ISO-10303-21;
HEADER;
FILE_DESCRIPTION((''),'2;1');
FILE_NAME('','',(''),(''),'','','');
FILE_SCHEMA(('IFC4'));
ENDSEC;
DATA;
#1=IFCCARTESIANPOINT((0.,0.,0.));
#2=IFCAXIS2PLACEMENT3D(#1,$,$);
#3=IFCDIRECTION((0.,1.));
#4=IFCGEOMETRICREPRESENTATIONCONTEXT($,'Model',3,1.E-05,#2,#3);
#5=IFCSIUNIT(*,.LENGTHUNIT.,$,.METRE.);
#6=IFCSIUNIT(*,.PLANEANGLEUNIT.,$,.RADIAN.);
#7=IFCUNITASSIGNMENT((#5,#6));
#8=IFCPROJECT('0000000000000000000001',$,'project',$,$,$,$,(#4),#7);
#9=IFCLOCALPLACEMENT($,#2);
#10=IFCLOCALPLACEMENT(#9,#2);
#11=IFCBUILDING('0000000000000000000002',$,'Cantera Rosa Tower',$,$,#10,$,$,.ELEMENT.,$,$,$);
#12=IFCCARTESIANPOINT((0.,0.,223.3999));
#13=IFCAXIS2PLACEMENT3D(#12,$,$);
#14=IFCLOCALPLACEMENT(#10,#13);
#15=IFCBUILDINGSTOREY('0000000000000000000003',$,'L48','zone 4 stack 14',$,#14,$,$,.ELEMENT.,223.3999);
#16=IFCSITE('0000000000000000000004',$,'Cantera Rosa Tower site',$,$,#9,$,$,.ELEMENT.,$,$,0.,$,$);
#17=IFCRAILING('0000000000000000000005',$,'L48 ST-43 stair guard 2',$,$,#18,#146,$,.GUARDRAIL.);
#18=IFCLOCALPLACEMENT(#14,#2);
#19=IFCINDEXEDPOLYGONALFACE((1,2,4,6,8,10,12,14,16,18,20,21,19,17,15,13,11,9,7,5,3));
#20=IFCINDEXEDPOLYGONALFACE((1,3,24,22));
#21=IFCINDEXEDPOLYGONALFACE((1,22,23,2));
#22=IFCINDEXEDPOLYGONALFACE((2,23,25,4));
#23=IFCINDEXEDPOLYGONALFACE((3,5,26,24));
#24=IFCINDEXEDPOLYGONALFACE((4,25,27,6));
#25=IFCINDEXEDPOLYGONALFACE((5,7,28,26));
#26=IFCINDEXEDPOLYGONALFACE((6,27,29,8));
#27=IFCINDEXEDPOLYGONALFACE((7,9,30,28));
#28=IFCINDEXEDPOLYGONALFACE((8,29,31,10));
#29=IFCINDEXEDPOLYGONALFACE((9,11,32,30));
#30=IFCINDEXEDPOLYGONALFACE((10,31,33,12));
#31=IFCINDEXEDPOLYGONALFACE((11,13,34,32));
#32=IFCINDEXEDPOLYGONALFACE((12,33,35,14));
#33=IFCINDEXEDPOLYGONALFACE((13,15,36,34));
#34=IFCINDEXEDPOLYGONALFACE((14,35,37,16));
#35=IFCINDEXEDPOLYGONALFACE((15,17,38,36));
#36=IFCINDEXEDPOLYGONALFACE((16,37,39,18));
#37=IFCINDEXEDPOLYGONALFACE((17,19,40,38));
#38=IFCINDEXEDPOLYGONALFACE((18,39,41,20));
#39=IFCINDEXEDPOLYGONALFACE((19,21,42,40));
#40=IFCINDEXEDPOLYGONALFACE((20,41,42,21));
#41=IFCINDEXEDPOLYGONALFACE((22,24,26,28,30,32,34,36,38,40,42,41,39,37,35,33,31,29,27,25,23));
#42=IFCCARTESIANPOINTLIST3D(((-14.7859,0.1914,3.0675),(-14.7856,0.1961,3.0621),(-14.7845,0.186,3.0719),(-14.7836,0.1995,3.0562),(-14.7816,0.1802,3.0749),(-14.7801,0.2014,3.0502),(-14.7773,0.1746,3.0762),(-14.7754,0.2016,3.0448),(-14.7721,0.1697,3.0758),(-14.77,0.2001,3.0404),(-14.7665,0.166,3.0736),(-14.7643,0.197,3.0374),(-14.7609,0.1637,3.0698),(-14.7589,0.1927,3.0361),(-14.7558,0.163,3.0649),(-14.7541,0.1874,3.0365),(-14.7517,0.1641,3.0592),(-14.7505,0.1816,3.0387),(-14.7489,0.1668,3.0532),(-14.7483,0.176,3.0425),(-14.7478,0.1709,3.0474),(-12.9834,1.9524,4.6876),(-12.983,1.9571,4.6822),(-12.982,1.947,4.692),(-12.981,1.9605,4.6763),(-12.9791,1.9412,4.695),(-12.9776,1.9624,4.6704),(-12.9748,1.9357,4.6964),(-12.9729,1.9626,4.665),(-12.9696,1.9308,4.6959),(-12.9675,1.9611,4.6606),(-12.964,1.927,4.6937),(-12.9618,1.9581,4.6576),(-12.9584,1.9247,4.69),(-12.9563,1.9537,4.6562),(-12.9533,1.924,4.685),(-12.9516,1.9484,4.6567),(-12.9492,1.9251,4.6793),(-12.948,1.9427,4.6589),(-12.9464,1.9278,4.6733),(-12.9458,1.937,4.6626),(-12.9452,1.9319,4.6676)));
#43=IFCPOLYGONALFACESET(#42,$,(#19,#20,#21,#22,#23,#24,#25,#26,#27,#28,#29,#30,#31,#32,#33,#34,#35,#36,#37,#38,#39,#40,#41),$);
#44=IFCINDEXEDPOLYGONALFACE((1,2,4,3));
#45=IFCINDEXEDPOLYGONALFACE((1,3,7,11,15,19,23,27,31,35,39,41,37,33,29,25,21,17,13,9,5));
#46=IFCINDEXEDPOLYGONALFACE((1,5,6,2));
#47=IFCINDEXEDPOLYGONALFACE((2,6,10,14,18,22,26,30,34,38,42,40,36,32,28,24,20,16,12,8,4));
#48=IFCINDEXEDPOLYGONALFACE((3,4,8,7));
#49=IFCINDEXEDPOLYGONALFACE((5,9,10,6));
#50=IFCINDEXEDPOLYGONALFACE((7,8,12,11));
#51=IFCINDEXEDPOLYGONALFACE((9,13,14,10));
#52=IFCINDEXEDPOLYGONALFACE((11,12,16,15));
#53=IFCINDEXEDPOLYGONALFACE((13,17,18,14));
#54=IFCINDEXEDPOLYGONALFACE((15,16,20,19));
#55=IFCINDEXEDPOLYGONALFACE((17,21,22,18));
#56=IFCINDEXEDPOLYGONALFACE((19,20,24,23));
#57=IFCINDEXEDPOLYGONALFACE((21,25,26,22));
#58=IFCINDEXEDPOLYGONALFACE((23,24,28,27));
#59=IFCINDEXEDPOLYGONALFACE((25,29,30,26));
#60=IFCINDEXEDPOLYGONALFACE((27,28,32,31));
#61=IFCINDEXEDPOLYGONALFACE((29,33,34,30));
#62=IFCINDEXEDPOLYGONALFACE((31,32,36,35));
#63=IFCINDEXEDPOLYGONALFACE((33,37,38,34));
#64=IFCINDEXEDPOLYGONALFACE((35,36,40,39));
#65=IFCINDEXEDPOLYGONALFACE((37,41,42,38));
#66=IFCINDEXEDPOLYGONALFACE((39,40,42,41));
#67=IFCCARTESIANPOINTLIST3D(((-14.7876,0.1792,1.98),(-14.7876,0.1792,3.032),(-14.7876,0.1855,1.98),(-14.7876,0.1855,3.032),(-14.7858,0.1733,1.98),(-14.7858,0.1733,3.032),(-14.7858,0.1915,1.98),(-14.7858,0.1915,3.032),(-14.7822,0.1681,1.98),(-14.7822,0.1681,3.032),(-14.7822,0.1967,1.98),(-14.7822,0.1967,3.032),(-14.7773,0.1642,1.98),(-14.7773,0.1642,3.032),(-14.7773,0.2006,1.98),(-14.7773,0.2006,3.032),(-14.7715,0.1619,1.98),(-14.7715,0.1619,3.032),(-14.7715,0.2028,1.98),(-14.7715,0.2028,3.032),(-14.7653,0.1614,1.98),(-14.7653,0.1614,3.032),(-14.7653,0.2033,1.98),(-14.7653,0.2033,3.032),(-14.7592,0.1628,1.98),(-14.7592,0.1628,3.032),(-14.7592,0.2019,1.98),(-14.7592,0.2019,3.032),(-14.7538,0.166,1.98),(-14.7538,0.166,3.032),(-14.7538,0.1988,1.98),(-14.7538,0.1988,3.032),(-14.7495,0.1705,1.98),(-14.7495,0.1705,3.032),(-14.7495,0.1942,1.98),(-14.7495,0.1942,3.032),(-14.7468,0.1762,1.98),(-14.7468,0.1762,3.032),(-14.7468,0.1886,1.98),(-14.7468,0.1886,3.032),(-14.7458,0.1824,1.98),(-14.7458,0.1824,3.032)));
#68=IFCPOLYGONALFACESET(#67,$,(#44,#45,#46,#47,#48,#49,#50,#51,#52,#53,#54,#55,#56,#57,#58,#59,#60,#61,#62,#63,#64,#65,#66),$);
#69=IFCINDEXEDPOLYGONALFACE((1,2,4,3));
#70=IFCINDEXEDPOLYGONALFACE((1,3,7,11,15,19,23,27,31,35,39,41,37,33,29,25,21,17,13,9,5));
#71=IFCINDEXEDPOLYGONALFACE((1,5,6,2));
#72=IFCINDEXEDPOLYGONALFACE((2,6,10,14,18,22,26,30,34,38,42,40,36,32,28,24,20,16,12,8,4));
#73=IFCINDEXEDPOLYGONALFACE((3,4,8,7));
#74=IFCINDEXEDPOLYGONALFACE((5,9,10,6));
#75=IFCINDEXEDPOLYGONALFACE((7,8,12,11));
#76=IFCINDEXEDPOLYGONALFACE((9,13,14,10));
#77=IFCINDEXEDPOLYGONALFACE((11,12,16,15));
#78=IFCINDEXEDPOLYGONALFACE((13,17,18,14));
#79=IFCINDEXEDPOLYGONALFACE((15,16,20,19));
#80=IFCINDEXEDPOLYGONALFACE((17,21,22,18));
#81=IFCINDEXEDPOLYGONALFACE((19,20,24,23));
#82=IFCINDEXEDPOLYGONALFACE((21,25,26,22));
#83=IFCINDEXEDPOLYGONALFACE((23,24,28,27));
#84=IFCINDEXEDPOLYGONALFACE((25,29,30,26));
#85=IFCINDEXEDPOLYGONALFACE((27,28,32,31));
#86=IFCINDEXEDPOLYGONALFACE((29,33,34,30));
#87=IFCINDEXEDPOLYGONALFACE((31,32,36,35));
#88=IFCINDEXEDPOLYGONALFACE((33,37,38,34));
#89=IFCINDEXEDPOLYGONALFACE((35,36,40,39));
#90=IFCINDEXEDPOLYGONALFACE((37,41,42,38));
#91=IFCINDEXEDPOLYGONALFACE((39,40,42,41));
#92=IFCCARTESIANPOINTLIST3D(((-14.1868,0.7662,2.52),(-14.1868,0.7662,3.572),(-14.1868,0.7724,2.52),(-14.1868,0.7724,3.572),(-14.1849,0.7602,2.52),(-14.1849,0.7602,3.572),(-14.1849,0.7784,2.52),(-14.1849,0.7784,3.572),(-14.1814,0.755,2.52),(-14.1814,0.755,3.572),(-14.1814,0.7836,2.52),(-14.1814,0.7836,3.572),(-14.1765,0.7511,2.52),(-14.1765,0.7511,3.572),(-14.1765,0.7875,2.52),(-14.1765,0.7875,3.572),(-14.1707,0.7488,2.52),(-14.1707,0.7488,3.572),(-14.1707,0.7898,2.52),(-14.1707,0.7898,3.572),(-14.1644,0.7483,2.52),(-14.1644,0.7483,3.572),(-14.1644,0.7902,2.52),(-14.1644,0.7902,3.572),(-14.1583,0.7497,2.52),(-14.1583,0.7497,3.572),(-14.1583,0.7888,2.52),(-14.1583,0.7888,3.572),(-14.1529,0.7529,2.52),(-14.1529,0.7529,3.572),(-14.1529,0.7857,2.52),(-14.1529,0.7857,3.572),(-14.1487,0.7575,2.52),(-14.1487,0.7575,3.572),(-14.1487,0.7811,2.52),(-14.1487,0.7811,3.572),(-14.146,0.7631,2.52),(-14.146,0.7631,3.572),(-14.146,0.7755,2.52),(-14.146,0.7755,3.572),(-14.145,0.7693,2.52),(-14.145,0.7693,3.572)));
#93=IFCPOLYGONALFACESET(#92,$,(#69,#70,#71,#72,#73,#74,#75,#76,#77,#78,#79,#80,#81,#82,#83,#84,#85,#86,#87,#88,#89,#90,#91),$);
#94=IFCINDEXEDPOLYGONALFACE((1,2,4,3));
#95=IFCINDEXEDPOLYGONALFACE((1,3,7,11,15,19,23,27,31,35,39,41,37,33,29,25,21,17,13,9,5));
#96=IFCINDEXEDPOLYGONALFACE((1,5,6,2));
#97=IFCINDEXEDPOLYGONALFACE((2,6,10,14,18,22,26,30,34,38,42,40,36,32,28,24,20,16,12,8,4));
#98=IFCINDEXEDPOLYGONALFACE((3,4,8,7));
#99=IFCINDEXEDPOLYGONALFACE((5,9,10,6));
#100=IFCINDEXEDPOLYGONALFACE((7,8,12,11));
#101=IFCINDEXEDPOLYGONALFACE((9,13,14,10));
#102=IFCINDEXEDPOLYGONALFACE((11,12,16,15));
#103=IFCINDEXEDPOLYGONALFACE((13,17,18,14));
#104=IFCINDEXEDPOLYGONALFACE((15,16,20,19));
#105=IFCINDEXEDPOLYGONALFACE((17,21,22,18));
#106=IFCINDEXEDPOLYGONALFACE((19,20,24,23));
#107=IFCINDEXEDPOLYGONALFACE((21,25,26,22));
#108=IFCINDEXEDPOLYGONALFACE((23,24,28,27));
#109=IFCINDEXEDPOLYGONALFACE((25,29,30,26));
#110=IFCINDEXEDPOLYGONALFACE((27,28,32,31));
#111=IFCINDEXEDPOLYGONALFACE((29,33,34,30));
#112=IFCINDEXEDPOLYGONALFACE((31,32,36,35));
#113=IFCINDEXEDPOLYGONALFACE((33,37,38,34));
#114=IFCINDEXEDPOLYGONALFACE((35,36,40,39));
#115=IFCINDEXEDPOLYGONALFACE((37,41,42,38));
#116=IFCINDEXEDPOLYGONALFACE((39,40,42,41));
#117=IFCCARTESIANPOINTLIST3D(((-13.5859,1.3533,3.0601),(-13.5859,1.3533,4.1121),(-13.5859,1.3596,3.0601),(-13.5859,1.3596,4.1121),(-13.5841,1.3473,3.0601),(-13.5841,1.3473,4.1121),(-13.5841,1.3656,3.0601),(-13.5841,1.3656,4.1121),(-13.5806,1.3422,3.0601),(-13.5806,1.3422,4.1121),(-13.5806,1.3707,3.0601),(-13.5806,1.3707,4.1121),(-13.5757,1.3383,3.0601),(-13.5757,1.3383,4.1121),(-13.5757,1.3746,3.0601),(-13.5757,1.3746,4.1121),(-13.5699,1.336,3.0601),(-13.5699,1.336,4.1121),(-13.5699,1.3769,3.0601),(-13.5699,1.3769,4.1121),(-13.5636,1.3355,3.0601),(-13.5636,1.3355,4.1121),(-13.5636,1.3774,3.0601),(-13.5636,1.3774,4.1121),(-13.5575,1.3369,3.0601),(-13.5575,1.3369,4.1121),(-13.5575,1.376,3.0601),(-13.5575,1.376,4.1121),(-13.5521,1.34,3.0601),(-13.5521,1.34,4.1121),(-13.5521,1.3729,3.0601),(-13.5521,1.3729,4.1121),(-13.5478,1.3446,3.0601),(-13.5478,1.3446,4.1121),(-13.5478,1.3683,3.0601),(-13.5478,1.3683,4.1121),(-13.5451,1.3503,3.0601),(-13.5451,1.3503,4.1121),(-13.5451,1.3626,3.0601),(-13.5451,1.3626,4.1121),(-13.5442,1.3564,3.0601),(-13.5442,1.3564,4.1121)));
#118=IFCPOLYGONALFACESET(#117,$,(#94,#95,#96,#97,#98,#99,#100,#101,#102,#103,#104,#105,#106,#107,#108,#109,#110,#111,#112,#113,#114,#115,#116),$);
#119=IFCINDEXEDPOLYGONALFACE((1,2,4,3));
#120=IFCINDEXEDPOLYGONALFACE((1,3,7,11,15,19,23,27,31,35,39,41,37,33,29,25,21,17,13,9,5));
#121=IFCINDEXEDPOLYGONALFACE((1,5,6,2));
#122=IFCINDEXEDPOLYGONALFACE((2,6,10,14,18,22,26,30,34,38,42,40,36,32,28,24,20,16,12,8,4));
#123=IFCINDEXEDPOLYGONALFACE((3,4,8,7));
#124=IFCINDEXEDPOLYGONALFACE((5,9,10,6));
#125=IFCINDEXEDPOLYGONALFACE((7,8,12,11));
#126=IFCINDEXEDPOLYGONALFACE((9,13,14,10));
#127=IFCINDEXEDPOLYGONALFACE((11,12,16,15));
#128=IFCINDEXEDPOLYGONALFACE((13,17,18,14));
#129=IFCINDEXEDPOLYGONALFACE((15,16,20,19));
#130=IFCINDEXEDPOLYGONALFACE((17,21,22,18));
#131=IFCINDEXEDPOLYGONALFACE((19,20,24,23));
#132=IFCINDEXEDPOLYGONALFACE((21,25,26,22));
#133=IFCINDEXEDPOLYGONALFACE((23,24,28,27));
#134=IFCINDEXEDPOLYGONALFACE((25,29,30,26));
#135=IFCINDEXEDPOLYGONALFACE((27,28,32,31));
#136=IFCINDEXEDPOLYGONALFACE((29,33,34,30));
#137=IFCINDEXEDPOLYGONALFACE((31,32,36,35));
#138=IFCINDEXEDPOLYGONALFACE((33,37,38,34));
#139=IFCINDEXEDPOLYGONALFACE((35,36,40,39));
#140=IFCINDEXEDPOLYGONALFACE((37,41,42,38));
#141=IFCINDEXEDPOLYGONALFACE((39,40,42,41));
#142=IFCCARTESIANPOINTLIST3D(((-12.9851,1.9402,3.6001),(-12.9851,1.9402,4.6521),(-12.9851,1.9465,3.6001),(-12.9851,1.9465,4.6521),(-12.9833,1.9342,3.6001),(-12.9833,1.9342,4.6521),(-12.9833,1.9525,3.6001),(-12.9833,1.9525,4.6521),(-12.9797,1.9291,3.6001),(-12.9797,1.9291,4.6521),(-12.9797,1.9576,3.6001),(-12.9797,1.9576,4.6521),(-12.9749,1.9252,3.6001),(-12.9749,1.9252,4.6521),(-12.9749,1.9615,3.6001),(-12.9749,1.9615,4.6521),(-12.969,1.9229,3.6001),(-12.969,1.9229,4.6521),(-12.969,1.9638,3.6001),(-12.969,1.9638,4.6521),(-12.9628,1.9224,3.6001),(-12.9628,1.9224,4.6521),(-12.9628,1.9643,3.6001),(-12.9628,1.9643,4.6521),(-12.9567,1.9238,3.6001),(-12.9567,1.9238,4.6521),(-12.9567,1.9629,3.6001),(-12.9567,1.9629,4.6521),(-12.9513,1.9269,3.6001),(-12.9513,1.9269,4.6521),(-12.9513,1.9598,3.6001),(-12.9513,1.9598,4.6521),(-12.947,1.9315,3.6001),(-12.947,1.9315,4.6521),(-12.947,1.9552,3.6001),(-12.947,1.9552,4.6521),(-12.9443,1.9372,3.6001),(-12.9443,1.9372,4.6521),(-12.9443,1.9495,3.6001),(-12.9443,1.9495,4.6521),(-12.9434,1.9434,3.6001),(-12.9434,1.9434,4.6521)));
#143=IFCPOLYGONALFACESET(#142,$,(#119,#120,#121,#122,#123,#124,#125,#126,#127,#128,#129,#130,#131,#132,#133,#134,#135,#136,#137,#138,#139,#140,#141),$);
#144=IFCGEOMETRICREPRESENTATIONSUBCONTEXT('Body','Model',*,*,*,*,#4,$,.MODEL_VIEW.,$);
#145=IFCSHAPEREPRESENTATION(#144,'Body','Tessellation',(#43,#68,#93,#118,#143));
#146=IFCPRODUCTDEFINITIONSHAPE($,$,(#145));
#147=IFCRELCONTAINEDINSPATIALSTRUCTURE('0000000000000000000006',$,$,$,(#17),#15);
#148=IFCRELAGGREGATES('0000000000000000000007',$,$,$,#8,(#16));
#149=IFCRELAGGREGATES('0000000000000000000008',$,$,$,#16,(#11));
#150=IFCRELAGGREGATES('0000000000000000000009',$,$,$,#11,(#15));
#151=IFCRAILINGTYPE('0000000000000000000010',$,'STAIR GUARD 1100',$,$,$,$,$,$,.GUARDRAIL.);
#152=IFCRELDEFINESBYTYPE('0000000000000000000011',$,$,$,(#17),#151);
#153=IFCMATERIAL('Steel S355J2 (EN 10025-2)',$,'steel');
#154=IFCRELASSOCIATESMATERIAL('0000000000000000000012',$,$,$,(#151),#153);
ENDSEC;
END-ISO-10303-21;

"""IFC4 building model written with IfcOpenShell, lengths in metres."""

from ifc_helpers import new_model, si_unit, direction, frame, origin, origin_2d, place, context, subcontext, project, spatial, circle, extrude, material, type_object, element, save


model = new_model("IFC4")

# Units and contexts
model_context = context("Model", 3, precision=1e-05, world=origin(), true_north=direction((0.0, 1.0)))
body_context = subcontext(model_context, "Body", "Model", "MODEL_VIEW")
ifc_project = project(units=[si_unit("LENGTHUNIT", "METRE"), si_unit("PLANEANGLEUNIT", "RADIAN")], contexts=[model_context])

# Site, building, storey
site_placement = place(None, origin())
site = spatial("IfcSite", under=ifc_project, at=site_placement, Name="Cantera Rosa Tower site", CompositionType="ELEMENT", RefElevation=0.0)
building_placement = place(site_placement, origin())
building = spatial("IfcBuilding", under=site, at=building_placement, Name="Cantera Rosa Tower", CompositionType="ELEMENT")
storey_placement = place(building_placement, frame((0.0, 0.0, 223.3999)))
storey = spatial("IfcBuildingStorey", under=building, at=storey_placement, Name="L48", Description="zone 4 stack 14", CompositionType="ELEMENT", Elevation=223.3999)

# Railing
ifc_material_1 = material(Name="Steel S355J2 (EN 10025-2)", Category="steel")
railing_type_1 = type_object("IfcRailingType", Name="STAIR GUARD 1100", PredefinedType="GUARDRAIL", material=ifc_material_1)
railing_1_placement = place(storey_placement, frame((-14.7668, 0.1824, 1.98)))
element("IfcRailing", 1, at=railing_1_placement, inside=storey, type_object=railing_type_1, Name="L48 ST-43 stair guard 2", PredefinedType="GUARDRAIL", context=body_context, shape_type="SweptSolid", body=[
    extrude(circle(Radius=0.0239, at=origin_2d()), frame((0.0, 0.0, 1.0762), z_axis=(0.601672, 0.587818, 0.540796), x_axis=(-0.698824, 0.715294, 0.0)), (0.0, 0.0, 1.0), 2.9958),
    extrude(circle(Radius=0.021, at=origin_2d()), origin(), (0.0, 0.0, 1.0), 1.052),
    extrude(circle(Radius=0.021, at=origin_2d()), frame((0.6008, 0.5869, 0.54)), (0.0, 0.0, 1.0), 1.052),
    extrude(circle(Radius=0.021, at=origin_2d()), frame((1.2017, 1.1741, 1.0801)), (0.0, 0.0, 1.0), 1.052),
    extrude(circle(Radius=0.021, at=origin_2d()), frame((1.8025, 1.761, 1.6201)), (0.0, 0.0, 1.0), 1.052),
])

save(model, "model.ifc")
